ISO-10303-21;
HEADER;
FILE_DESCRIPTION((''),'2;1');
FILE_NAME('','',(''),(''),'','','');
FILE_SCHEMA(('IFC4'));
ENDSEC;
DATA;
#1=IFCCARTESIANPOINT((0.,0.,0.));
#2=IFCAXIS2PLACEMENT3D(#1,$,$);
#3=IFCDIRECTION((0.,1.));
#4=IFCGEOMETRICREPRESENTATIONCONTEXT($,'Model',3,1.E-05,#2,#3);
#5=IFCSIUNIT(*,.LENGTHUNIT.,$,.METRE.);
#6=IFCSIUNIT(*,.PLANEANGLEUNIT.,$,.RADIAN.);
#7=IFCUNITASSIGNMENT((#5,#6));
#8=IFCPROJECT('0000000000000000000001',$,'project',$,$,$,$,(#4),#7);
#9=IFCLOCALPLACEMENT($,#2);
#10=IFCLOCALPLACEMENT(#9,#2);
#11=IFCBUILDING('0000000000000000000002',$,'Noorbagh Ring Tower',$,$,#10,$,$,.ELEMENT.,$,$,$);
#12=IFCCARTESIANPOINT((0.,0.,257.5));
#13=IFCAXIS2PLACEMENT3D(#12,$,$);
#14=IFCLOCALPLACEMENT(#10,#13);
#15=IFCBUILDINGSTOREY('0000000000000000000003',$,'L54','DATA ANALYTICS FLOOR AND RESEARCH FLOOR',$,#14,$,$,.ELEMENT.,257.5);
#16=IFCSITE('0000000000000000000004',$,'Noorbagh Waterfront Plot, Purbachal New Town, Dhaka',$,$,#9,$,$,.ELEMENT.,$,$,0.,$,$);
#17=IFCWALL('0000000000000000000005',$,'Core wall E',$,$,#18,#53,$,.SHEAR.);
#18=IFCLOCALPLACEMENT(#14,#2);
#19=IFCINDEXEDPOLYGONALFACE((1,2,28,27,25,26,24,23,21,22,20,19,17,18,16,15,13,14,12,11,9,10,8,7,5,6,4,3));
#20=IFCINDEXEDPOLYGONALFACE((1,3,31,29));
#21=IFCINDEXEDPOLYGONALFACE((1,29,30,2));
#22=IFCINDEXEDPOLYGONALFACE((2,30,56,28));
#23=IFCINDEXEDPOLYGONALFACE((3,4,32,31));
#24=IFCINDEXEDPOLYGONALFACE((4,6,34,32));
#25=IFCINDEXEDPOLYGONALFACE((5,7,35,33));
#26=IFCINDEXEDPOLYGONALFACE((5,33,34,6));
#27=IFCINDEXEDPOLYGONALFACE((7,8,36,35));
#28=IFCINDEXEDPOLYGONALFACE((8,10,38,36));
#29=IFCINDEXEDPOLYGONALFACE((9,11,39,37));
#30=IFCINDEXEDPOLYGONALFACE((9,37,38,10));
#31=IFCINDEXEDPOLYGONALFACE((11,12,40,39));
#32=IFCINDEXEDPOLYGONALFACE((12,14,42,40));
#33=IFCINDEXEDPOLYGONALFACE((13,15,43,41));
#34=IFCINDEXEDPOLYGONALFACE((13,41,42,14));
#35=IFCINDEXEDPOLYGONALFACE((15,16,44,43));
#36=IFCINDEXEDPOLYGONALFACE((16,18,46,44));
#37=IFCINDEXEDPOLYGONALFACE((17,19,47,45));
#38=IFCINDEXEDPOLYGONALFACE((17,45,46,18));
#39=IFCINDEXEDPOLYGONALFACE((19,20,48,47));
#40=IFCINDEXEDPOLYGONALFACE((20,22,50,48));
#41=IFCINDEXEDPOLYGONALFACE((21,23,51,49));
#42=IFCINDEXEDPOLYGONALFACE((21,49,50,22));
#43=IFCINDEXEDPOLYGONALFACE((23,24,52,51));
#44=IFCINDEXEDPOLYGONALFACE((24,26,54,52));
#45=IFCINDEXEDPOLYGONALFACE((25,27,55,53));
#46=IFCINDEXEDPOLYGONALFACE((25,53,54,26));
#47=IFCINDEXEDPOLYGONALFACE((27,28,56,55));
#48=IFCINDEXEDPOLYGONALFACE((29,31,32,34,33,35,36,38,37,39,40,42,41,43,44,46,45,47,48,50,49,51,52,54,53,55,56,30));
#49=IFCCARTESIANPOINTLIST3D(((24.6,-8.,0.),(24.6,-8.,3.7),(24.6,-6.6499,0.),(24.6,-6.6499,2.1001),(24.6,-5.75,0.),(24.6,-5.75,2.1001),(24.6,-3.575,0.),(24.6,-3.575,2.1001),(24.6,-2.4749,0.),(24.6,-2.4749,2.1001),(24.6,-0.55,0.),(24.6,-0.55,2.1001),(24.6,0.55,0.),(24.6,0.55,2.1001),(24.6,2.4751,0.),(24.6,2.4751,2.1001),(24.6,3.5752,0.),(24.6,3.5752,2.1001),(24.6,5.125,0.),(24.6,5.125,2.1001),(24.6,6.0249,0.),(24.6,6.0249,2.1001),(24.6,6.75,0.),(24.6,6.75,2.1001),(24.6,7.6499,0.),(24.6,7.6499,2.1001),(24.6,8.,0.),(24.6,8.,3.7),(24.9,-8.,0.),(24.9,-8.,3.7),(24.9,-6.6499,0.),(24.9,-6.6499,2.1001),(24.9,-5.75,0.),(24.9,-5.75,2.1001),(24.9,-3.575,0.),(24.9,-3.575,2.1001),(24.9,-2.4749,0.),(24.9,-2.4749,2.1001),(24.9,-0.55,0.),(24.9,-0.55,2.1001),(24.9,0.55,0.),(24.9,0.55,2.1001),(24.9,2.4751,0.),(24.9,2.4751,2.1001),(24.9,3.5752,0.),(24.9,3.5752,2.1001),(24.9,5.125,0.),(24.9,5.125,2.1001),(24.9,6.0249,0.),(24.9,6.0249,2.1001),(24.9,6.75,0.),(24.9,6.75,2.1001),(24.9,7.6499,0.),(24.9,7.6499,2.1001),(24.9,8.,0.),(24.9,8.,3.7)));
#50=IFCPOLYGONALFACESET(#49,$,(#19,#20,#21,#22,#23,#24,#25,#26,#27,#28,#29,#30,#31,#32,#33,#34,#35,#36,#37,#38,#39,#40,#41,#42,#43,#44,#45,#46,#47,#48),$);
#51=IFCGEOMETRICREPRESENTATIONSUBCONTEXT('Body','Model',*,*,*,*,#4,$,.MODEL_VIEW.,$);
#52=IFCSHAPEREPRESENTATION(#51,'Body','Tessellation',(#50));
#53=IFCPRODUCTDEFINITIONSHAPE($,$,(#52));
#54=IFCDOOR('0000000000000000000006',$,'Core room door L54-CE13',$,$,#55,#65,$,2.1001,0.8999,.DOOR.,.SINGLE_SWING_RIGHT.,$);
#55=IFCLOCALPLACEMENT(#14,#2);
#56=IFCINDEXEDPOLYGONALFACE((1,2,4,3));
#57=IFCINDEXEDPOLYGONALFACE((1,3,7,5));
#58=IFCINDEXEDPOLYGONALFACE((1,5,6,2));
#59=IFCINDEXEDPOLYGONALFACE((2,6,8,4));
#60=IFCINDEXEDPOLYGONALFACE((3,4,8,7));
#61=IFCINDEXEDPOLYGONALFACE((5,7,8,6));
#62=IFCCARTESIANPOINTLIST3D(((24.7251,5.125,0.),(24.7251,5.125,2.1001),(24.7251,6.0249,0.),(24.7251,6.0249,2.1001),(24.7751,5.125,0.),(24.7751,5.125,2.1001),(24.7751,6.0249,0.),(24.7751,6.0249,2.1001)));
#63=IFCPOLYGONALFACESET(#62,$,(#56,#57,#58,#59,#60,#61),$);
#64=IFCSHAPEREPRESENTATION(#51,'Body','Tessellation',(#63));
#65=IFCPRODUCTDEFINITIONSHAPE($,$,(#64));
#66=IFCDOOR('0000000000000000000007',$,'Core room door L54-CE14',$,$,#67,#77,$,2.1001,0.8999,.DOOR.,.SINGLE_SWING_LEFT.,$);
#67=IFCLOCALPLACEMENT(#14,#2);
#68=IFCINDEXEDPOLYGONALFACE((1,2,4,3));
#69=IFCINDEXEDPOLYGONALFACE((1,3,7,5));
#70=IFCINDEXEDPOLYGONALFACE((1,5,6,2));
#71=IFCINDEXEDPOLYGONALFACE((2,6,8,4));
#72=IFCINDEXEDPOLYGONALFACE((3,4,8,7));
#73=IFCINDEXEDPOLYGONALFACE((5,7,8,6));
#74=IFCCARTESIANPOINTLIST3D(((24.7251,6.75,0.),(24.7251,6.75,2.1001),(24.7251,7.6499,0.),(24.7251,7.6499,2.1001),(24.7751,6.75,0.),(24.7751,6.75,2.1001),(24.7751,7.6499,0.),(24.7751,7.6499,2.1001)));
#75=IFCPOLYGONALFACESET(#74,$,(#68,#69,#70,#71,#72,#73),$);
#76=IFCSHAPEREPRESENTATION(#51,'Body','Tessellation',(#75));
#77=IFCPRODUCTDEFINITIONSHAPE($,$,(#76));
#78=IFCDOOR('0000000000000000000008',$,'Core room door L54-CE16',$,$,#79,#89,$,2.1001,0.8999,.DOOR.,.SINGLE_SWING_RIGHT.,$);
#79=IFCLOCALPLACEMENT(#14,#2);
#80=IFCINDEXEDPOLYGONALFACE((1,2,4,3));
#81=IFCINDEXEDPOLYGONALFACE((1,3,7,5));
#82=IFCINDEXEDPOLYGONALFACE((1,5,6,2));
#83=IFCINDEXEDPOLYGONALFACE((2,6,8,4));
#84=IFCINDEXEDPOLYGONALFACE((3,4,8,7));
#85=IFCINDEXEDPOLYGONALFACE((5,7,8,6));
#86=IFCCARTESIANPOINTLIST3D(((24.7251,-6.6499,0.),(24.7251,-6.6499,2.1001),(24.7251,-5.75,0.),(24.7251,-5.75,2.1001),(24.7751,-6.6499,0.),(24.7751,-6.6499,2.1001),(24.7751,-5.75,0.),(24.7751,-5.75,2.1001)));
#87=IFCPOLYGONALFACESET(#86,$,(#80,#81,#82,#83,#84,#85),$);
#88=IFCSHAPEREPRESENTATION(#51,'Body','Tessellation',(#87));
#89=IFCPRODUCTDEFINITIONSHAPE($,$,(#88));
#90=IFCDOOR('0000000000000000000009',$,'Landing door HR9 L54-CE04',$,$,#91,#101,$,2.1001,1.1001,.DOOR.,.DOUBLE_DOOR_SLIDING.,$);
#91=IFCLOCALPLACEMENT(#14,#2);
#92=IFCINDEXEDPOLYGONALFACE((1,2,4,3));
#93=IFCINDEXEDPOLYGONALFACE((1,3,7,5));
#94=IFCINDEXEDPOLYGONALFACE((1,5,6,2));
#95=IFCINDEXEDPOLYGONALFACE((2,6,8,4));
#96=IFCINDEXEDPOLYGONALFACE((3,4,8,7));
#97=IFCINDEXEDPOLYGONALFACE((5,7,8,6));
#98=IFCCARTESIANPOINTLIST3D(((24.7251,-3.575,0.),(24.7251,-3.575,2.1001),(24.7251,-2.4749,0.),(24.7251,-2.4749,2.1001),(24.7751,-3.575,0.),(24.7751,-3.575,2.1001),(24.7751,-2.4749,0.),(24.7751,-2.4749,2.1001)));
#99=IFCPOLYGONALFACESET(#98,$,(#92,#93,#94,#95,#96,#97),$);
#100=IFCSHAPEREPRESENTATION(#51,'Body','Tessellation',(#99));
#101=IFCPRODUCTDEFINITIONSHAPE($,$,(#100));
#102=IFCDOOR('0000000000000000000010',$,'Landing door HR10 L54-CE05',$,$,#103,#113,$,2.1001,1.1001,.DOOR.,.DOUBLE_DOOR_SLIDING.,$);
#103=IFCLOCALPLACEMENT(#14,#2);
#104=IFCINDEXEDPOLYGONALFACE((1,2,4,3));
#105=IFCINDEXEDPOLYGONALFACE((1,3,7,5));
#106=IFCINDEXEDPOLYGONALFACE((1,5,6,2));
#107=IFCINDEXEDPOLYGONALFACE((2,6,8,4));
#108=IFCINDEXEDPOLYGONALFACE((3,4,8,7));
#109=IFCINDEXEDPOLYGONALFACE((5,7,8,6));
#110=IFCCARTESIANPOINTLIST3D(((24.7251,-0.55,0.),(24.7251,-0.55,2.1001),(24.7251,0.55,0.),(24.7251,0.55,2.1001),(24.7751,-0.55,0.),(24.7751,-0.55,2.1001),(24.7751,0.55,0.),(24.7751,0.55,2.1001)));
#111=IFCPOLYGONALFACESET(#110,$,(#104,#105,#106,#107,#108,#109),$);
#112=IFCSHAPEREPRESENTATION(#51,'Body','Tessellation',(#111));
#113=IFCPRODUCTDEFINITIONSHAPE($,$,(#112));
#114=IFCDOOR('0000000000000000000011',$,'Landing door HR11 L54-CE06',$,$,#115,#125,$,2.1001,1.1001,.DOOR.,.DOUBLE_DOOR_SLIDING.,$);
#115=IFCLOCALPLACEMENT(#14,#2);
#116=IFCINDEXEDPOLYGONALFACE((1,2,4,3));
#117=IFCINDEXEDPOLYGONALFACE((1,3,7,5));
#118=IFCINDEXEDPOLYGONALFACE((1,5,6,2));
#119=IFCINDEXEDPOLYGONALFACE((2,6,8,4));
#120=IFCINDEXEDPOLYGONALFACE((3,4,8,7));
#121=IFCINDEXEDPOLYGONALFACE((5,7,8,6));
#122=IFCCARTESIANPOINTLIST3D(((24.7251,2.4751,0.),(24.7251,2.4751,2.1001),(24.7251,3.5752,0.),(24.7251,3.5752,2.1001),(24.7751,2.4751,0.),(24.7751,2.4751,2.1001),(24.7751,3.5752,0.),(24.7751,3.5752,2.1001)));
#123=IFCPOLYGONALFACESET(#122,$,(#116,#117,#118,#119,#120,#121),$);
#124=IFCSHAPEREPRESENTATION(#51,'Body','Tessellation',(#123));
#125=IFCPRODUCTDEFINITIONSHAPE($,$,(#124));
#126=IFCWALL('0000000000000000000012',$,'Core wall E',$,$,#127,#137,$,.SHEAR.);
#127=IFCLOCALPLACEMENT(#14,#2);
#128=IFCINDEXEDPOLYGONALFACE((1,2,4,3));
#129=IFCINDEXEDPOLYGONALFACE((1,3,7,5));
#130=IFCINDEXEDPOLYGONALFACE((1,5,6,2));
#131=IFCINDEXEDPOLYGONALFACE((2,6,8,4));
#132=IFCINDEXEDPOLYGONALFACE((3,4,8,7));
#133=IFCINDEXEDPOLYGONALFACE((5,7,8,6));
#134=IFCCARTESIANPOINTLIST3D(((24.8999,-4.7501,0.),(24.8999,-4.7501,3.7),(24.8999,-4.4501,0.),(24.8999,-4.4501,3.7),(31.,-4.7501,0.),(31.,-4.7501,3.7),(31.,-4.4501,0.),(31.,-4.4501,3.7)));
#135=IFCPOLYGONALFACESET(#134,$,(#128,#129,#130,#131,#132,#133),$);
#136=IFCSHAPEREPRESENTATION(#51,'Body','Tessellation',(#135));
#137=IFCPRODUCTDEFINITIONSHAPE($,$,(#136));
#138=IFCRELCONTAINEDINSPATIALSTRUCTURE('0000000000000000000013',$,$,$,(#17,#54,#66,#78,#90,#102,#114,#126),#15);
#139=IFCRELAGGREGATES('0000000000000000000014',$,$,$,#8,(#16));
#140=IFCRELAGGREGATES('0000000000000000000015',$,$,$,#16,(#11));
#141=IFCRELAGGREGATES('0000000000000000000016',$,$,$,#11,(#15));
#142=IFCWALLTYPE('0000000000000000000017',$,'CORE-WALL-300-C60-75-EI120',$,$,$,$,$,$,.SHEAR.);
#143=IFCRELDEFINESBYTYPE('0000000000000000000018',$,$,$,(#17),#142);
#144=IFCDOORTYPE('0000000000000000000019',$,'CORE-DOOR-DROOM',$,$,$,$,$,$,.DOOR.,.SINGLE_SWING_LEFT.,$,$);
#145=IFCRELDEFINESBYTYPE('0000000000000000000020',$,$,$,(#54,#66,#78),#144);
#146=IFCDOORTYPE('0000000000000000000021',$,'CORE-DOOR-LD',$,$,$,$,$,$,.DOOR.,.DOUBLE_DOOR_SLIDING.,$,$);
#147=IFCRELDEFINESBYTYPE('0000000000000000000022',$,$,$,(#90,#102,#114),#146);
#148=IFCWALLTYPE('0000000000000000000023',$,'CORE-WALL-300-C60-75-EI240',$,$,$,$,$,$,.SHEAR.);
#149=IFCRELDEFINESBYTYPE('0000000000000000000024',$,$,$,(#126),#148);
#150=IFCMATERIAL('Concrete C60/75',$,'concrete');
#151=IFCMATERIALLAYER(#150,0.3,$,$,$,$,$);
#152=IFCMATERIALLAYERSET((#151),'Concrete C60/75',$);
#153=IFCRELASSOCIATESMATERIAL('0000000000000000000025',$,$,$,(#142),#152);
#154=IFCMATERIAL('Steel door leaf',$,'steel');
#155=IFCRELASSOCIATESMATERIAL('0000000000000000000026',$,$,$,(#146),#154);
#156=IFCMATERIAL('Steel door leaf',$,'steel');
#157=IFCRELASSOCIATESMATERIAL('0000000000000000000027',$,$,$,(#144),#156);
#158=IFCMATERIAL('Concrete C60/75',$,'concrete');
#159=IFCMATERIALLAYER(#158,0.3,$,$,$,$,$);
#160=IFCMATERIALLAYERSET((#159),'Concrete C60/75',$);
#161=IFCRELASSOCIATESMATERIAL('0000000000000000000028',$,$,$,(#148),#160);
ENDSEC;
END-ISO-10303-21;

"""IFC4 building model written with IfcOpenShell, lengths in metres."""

from ifc_helpers import new_model, si_unit, direction, frame, frame_2d, origin, place, context, subcontext, project, spatial, rectangle, extrude, material, layer, layer_set, type_object, element, fill, save


model = new_model("IFC4")

# Units and contexts
model_context = context("Model", 3, precision=1e-05, world=origin(), true_north=direction((0.0, 1.0)))
body_context = subcontext(model_context, "Body", "Model", "MODEL_VIEW")
ifc_project = project(units=[si_unit("LENGTHUNIT", "METRE"), si_unit("PLANEANGLEUNIT", "RADIAN")], contexts=[model_context])

# Site, building, storey
site_placement = place(None, origin())
site = spatial("IfcSite", under=ifc_project, at=site_placement, Name="Noorbagh Waterfront Plot, Purbachal New Town, Dhaka", CompositionType="ELEMENT", RefElevation=0.0)
building_placement = place(site_placement, origin())
building = spatial("IfcBuilding", under=site, at=building_placement, Name="Noorbagh Ring Tower", CompositionType="ELEMENT")
storey_placement = place(building_placement, frame((0.0, 0.0, 257.5)))
storey = spatial("IfcBuildingStorey", under=building, at=storey_placement, Name="L54", Description="DATA ANALYTICS FLOOR AND RESEARCH FLOOR", CompositionType="ELEMENT", Elevation=257.5)

# Shared definitions
ifc_material_1 = material(Name="Concrete C60/75", Category="concrete")
ifc_layer_1 = layer(ifc_material_1, 0.3)
ifc_layer_set_1 = layer_set([ifc_layer_1], Name="Concrete C60/75")
wall_type_1 = type_object("IfcWallType", Name="CORE-WALL-300-C60-75-EI120", PredefinedType="SHEAR", material=ifc_layer_set_1)

# Wall, openings, doors
ifc_material_2 = material(Name="Steel door leaf", Category="steel")
door_type_1 = type_object("IfcDoorType", Name="CORE-DOOR-LD", OperationType="DOUBLE_DOOR_SLIDING", PredefinedType="DOOR", material=ifc_material_2)
wall_1_placement = place(storey_placement, frame((24.75, -8.0, 0.0), z_axis=(0.0, 0.0, 1.0), x_axis=(0.0, 1.0, 0.0)))
wall_1 = element("IfcWall", 1, at=wall_1_placement, inside=storey, type_object=wall_type_1, Name="Core wall E", PredefinedType="SHEAR", context=body_context, shape_type="SweptSolid", body=[
    extrude(rectangle(XDim=16.0, YDim=0.3, at=frame_2d((8.0, 0.0))), origin(), (0.0, 0.0, 1.0), 3.7),
])
opening_1_placement = place(wall_1_placement, frame((4.425, 0.0, 0.0)))
opening_1 = element("IfcOpeningElement", 2, at=opening_1_placement, cuts=wall_1, PredefinedType="OPENING", context=body_context, shape_type="SweptSolid", body=[
    extrude(rectangle(XDim=1.1001, YDim=2.1001, at=frame_2d((0.55, 1.05))), frame((0.0, 0.1602, 0.0), z_axis=(0.0, -1.0, 0.0), x_axis=(1.0, 0.0, 0.0)), (0.0, 0.0, 1.0), 0.3201),
])
opening_2_placement = place(wall_1_placement, frame((7.45, 0.0, 0.0)))
opening_2 = element("IfcOpeningElement", 3, at=opening_2_placement, cuts=wall_1, PredefinedType="OPENING", context=body_context, shape_type="SweptSolid", body=[
    extrude(rectangle(XDim=1.1001, YDim=2.1001, at=frame_2d((0.55, 1.05))), frame((0.0, 0.1602, 0.0), z_axis=(0.0, -1.0, 0.0), x_axis=(1.0, 0.0, 0.0)), (0.0, 0.0, 1.0), 0.3201),
])
opening_3_placement = place(wall_1_placement, frame((10.4751, 0.0, 0.0)))
opening_3 = element("IfcOpeningElement", 4, at=opening_3_placement, cuts=wall_1, PredefinedType="OPENING", context=body_context, shape_type="SweptSolid", body=[
    extrude(rectangle(XDim=1.1001, YDim=2.1001, at=frame_2d((0.55, 1.05))), frame((0.0, 0.1602, 0.0), z_axis=(0.0, -1.0, 0.0), x_axis=(1.0, 0.0, 0.0)), (0.0, 0.0, 1.0), 0.3201),
])
opening_4_placement = place(wall_1_placement, frame((13.125, 0.0, 0.0)))
opening_4 = element("IfcOpeningElement", 5, at=opening_4_placement, cuts=wall_1, PredefinedType="OPENING", context=body_context, shape_type="SweptSolid", body=[
    extrude(rectangle(XDim=0.8999, YDim=2.1001, at=frame_2d((0.45, 1.05))), frame((0.0, 0.1602, 0.0), z_axis=(0.0, -1.0, 0.0), x_axis=(1.0, 0.0, 0.0)), (0.0, 0.0, 1.0), 0.3201),
])
opening_5_placement = place(wall_1_placement, frame((14.75, 0.0, 0.0)))
opening_5 = element("IfcOpeningElement", 6, at=opening_5_placement, cuts=wall_1, PredefinedType="OPENING", context=body_context, shape_type="SweptSolid", body=[
    extrude(rectangle(XDim=0.8999, YDim=2.1001, at=frame_2d((0.45, 1.05))), frame((0.0, 0.1602, 0.0), z_axis=(0.0, -1.0, 0.0), x_axis=(1.0, 0.0, 0.0)), (0.0, 0.0, 1.0), 0.3201),
])
opening_6_placement = place(wall_1_placement, frame((1.3501, 0.0, 0.0)))
opening_6 = element("IfcOpeningElement", 7, at=opening_6_placement, cuts=wall_1, PredefinedType="OPENING", context=body_context, shape_type="SweptSolid", body=[
    extrude(rectangle(XDim=0.8999, YDim=2.1001, at=frame_2d((0.45, 1.05))), frame((0.0, 0.1602, 0.0), z_axis=(0.0, -1.0, 0.0), x_axis=(1.0, 0.0, 0.0)), (0.0, 0.0, 1.0), 0.3201),
])
ifc_material_3 = material(Name="Steel door leaf", Category="steel")
door_type_2 = type_object("IfcDoorType", Name="CORE-DOOR-DROOM", OperationType="SINGLE_SWING_LEFT", PredefinedType="DOOR", material=ifc_material_3)
door_1_placement = place(opening_4_placement, origin())
door_1 = element("IfcDoor", 8, at=door_1_placement, inside=storey, type_object=door_type_2, Name="Core room door L54-CE13", OperationType="SINGLE_SWING_RIGHT", OverallHeight=2.1001, OverallWidth=0.8999, PredefinedType="DOOR", context=body_context, shape_type="SweptSolid", body=[
    extrude(rectangle(XDim=0.8999, YDim=2.1001, at=frame_2d((0.45, 1.05))), frame((0.0, 0.0249, 0.0), z_axis=(0.0, -1.0, 0.0), x_axis=(1.0, 0.0, 0.0)), (0.0, 0.0, 1.0), 0.05),
])
fill(opening_4, door_1)
door_2_placement = place(opening_5_placement, origin())
door_2 = element("IfcDoor", 9, at=door_2_placement, inside=storey, type_object=door_type_2, Name="Core room door L54-CE14", OperationType="SINGLE_SWING_LEFT", OverallHeight=2.1001, OverallWidth=0.8999, PredefinedType="DOOR", context=body_context, shape_type="SweptSolid", body=[
    extrude(rectangle(XDim=0.8999, YDim=2.1001, at=frame_2d((0.45, 1.05))), frame((0.0, 0.0249, 0.0), z_axis=(0.0, -1.0, 0.0), x_axis=(1.0, 0.0, 0.0)), (0.0, 0.0, 1.0), 0.05),
])
fill(opening_5, door_2)
door_3_placement = place(opening_6_placement, origin())
door_3 = element("IfcDoor", 10, at=door_3_placement, inside=storey, type_object=door_type_2, Name="Core room door L54-CE16", OperationType="SINGLE_SWING_RIGHT", OverallHeight=2.1001, OverallWidth=0.8999, PredefinedType="DOOR", context=body_context, shape_type="SweptSolid", body=[
    extrude(rectangle(XDim=0.8999, YDim=2.1001, at=frame_2d((0.45, 1.05))), frame((0.0, 0.0249, 0.0), z_axis=(0.0, -1.0, 0.0), x_axis=(1.0, 0.0, 0.0)), (0.0, 0.0, 1.0), 0.05),
])
fill(opening_6, door_3)
door_4_placement = place(opening_1_placement, origin())
door_4 = element("IfcDoor", 11, at=door_4_placement, inside=storey, type_object=door_type_1, Name="Landing door HR9 L54-CE04", OperationType="DOUBLE_DOOR_SLIDING", OverallHeight=2.1001, OverallWidth=1.1001, PredefinedType="DOOR", context=body_context, shape_type="SweptSolid", body=[
    extrude(rectangle(XDim=1.1001, YDim=2.1001, at=frame_2d((0.55, 1.05))), frame((0.0, 0.0249, 0.0), z_axis=(0.0, -1.0, 0.0), x_axis=(1.0, 0.0, 0.0)), (0.0, 0.0, 1.0), 0.05),
])
fill(opening_1, door_4)
door_5_placement = place(opening_2_placement, origin())
door_5 = element("IfcDoor", 12, at=door_5_placement, inside=storey, type_object=door_type_1, Name="Landing door HR10 L54-CE05", OperationType="DOUBLE_DOOR_SLIDING", OverallHeight=2.1001, OverallWidth=1.1001, PredefinedType="DOOR", context=body_context, shape_type="SweptSolid", body=[
    extrude(rectangle(XDim=1.1001, YDim=2.1001, at=frame_2d((0.55, 1.05))), frame((0.0, 0.0249, 0.0), z_axis=(0.0, -1.0, 0.0), x_axis=(1.0, 0.0, 0.0)), (0.0, 0.0, 1.0), 0.05),
])
fill(opening_2, door_5)
door_6_placement = place(opening_3_placement, origin())
door_6 = element("IfcDoor", 13, at=door_6_placement, inside=storey, type_object=door_type_1, Name="Landing door HR11 L54-CE06", OperationType="DOUBLE_DOOR_SLIDING", OverallHeight=2.1001, OverallWidth=1.1001, PredefinedType="DOOR", context=body_context, shape_type="SweptSolid", body=[
    extrude(rectangle(XDim=1.1001, YDim=2.1001, at=frame_2d((0.55, 1.05))), frame((0.0, 0.0249, 0.0), z_axis=(0.0, -1.0, 0.0), x_axis=(1.0, 0.0, 0.0)), (0.0, 0.0, 1.0), 0.05),
])
fill(opening_3, door_6)

# Wall
ifc_material_4 = material(Name="Concrete C60/75", Category="concrete")
ifc_layer_2 = layer(ifc_material_4, 0.3)
ifc_layer_set_2 = layer_set([ifc_layer_2], Name="Concrete C60/75")
wall_type_2 = type_object("IfcWallType", Name="CORE-WALL-300-C60-75-EI240", PredefinedType="SHEAR", material=ifc_layer_set_2)
wall_2_placement = place(storey_placement, frame((24.8999, -4.6001, 0.0), z_axis=(0.0, 0.0, 1.0), x_axis=(1.0, 0.0, 0.0)))
element("IfcWall", 14, at=wall_2_placement, inside=storey, type_object=wall_type_2, Name="Core wall E", PredefinedType="SHEAR", context=body_context, shape_type="SweptSolid", body=[
    extrude(rectangle(XDim=6.1001, YDim=0.3, at=frame_2d((3.05, 0.0))), origin(), (0.0, 0.0, 1.0), 3.7),
])

save(model, "model.ifc")
